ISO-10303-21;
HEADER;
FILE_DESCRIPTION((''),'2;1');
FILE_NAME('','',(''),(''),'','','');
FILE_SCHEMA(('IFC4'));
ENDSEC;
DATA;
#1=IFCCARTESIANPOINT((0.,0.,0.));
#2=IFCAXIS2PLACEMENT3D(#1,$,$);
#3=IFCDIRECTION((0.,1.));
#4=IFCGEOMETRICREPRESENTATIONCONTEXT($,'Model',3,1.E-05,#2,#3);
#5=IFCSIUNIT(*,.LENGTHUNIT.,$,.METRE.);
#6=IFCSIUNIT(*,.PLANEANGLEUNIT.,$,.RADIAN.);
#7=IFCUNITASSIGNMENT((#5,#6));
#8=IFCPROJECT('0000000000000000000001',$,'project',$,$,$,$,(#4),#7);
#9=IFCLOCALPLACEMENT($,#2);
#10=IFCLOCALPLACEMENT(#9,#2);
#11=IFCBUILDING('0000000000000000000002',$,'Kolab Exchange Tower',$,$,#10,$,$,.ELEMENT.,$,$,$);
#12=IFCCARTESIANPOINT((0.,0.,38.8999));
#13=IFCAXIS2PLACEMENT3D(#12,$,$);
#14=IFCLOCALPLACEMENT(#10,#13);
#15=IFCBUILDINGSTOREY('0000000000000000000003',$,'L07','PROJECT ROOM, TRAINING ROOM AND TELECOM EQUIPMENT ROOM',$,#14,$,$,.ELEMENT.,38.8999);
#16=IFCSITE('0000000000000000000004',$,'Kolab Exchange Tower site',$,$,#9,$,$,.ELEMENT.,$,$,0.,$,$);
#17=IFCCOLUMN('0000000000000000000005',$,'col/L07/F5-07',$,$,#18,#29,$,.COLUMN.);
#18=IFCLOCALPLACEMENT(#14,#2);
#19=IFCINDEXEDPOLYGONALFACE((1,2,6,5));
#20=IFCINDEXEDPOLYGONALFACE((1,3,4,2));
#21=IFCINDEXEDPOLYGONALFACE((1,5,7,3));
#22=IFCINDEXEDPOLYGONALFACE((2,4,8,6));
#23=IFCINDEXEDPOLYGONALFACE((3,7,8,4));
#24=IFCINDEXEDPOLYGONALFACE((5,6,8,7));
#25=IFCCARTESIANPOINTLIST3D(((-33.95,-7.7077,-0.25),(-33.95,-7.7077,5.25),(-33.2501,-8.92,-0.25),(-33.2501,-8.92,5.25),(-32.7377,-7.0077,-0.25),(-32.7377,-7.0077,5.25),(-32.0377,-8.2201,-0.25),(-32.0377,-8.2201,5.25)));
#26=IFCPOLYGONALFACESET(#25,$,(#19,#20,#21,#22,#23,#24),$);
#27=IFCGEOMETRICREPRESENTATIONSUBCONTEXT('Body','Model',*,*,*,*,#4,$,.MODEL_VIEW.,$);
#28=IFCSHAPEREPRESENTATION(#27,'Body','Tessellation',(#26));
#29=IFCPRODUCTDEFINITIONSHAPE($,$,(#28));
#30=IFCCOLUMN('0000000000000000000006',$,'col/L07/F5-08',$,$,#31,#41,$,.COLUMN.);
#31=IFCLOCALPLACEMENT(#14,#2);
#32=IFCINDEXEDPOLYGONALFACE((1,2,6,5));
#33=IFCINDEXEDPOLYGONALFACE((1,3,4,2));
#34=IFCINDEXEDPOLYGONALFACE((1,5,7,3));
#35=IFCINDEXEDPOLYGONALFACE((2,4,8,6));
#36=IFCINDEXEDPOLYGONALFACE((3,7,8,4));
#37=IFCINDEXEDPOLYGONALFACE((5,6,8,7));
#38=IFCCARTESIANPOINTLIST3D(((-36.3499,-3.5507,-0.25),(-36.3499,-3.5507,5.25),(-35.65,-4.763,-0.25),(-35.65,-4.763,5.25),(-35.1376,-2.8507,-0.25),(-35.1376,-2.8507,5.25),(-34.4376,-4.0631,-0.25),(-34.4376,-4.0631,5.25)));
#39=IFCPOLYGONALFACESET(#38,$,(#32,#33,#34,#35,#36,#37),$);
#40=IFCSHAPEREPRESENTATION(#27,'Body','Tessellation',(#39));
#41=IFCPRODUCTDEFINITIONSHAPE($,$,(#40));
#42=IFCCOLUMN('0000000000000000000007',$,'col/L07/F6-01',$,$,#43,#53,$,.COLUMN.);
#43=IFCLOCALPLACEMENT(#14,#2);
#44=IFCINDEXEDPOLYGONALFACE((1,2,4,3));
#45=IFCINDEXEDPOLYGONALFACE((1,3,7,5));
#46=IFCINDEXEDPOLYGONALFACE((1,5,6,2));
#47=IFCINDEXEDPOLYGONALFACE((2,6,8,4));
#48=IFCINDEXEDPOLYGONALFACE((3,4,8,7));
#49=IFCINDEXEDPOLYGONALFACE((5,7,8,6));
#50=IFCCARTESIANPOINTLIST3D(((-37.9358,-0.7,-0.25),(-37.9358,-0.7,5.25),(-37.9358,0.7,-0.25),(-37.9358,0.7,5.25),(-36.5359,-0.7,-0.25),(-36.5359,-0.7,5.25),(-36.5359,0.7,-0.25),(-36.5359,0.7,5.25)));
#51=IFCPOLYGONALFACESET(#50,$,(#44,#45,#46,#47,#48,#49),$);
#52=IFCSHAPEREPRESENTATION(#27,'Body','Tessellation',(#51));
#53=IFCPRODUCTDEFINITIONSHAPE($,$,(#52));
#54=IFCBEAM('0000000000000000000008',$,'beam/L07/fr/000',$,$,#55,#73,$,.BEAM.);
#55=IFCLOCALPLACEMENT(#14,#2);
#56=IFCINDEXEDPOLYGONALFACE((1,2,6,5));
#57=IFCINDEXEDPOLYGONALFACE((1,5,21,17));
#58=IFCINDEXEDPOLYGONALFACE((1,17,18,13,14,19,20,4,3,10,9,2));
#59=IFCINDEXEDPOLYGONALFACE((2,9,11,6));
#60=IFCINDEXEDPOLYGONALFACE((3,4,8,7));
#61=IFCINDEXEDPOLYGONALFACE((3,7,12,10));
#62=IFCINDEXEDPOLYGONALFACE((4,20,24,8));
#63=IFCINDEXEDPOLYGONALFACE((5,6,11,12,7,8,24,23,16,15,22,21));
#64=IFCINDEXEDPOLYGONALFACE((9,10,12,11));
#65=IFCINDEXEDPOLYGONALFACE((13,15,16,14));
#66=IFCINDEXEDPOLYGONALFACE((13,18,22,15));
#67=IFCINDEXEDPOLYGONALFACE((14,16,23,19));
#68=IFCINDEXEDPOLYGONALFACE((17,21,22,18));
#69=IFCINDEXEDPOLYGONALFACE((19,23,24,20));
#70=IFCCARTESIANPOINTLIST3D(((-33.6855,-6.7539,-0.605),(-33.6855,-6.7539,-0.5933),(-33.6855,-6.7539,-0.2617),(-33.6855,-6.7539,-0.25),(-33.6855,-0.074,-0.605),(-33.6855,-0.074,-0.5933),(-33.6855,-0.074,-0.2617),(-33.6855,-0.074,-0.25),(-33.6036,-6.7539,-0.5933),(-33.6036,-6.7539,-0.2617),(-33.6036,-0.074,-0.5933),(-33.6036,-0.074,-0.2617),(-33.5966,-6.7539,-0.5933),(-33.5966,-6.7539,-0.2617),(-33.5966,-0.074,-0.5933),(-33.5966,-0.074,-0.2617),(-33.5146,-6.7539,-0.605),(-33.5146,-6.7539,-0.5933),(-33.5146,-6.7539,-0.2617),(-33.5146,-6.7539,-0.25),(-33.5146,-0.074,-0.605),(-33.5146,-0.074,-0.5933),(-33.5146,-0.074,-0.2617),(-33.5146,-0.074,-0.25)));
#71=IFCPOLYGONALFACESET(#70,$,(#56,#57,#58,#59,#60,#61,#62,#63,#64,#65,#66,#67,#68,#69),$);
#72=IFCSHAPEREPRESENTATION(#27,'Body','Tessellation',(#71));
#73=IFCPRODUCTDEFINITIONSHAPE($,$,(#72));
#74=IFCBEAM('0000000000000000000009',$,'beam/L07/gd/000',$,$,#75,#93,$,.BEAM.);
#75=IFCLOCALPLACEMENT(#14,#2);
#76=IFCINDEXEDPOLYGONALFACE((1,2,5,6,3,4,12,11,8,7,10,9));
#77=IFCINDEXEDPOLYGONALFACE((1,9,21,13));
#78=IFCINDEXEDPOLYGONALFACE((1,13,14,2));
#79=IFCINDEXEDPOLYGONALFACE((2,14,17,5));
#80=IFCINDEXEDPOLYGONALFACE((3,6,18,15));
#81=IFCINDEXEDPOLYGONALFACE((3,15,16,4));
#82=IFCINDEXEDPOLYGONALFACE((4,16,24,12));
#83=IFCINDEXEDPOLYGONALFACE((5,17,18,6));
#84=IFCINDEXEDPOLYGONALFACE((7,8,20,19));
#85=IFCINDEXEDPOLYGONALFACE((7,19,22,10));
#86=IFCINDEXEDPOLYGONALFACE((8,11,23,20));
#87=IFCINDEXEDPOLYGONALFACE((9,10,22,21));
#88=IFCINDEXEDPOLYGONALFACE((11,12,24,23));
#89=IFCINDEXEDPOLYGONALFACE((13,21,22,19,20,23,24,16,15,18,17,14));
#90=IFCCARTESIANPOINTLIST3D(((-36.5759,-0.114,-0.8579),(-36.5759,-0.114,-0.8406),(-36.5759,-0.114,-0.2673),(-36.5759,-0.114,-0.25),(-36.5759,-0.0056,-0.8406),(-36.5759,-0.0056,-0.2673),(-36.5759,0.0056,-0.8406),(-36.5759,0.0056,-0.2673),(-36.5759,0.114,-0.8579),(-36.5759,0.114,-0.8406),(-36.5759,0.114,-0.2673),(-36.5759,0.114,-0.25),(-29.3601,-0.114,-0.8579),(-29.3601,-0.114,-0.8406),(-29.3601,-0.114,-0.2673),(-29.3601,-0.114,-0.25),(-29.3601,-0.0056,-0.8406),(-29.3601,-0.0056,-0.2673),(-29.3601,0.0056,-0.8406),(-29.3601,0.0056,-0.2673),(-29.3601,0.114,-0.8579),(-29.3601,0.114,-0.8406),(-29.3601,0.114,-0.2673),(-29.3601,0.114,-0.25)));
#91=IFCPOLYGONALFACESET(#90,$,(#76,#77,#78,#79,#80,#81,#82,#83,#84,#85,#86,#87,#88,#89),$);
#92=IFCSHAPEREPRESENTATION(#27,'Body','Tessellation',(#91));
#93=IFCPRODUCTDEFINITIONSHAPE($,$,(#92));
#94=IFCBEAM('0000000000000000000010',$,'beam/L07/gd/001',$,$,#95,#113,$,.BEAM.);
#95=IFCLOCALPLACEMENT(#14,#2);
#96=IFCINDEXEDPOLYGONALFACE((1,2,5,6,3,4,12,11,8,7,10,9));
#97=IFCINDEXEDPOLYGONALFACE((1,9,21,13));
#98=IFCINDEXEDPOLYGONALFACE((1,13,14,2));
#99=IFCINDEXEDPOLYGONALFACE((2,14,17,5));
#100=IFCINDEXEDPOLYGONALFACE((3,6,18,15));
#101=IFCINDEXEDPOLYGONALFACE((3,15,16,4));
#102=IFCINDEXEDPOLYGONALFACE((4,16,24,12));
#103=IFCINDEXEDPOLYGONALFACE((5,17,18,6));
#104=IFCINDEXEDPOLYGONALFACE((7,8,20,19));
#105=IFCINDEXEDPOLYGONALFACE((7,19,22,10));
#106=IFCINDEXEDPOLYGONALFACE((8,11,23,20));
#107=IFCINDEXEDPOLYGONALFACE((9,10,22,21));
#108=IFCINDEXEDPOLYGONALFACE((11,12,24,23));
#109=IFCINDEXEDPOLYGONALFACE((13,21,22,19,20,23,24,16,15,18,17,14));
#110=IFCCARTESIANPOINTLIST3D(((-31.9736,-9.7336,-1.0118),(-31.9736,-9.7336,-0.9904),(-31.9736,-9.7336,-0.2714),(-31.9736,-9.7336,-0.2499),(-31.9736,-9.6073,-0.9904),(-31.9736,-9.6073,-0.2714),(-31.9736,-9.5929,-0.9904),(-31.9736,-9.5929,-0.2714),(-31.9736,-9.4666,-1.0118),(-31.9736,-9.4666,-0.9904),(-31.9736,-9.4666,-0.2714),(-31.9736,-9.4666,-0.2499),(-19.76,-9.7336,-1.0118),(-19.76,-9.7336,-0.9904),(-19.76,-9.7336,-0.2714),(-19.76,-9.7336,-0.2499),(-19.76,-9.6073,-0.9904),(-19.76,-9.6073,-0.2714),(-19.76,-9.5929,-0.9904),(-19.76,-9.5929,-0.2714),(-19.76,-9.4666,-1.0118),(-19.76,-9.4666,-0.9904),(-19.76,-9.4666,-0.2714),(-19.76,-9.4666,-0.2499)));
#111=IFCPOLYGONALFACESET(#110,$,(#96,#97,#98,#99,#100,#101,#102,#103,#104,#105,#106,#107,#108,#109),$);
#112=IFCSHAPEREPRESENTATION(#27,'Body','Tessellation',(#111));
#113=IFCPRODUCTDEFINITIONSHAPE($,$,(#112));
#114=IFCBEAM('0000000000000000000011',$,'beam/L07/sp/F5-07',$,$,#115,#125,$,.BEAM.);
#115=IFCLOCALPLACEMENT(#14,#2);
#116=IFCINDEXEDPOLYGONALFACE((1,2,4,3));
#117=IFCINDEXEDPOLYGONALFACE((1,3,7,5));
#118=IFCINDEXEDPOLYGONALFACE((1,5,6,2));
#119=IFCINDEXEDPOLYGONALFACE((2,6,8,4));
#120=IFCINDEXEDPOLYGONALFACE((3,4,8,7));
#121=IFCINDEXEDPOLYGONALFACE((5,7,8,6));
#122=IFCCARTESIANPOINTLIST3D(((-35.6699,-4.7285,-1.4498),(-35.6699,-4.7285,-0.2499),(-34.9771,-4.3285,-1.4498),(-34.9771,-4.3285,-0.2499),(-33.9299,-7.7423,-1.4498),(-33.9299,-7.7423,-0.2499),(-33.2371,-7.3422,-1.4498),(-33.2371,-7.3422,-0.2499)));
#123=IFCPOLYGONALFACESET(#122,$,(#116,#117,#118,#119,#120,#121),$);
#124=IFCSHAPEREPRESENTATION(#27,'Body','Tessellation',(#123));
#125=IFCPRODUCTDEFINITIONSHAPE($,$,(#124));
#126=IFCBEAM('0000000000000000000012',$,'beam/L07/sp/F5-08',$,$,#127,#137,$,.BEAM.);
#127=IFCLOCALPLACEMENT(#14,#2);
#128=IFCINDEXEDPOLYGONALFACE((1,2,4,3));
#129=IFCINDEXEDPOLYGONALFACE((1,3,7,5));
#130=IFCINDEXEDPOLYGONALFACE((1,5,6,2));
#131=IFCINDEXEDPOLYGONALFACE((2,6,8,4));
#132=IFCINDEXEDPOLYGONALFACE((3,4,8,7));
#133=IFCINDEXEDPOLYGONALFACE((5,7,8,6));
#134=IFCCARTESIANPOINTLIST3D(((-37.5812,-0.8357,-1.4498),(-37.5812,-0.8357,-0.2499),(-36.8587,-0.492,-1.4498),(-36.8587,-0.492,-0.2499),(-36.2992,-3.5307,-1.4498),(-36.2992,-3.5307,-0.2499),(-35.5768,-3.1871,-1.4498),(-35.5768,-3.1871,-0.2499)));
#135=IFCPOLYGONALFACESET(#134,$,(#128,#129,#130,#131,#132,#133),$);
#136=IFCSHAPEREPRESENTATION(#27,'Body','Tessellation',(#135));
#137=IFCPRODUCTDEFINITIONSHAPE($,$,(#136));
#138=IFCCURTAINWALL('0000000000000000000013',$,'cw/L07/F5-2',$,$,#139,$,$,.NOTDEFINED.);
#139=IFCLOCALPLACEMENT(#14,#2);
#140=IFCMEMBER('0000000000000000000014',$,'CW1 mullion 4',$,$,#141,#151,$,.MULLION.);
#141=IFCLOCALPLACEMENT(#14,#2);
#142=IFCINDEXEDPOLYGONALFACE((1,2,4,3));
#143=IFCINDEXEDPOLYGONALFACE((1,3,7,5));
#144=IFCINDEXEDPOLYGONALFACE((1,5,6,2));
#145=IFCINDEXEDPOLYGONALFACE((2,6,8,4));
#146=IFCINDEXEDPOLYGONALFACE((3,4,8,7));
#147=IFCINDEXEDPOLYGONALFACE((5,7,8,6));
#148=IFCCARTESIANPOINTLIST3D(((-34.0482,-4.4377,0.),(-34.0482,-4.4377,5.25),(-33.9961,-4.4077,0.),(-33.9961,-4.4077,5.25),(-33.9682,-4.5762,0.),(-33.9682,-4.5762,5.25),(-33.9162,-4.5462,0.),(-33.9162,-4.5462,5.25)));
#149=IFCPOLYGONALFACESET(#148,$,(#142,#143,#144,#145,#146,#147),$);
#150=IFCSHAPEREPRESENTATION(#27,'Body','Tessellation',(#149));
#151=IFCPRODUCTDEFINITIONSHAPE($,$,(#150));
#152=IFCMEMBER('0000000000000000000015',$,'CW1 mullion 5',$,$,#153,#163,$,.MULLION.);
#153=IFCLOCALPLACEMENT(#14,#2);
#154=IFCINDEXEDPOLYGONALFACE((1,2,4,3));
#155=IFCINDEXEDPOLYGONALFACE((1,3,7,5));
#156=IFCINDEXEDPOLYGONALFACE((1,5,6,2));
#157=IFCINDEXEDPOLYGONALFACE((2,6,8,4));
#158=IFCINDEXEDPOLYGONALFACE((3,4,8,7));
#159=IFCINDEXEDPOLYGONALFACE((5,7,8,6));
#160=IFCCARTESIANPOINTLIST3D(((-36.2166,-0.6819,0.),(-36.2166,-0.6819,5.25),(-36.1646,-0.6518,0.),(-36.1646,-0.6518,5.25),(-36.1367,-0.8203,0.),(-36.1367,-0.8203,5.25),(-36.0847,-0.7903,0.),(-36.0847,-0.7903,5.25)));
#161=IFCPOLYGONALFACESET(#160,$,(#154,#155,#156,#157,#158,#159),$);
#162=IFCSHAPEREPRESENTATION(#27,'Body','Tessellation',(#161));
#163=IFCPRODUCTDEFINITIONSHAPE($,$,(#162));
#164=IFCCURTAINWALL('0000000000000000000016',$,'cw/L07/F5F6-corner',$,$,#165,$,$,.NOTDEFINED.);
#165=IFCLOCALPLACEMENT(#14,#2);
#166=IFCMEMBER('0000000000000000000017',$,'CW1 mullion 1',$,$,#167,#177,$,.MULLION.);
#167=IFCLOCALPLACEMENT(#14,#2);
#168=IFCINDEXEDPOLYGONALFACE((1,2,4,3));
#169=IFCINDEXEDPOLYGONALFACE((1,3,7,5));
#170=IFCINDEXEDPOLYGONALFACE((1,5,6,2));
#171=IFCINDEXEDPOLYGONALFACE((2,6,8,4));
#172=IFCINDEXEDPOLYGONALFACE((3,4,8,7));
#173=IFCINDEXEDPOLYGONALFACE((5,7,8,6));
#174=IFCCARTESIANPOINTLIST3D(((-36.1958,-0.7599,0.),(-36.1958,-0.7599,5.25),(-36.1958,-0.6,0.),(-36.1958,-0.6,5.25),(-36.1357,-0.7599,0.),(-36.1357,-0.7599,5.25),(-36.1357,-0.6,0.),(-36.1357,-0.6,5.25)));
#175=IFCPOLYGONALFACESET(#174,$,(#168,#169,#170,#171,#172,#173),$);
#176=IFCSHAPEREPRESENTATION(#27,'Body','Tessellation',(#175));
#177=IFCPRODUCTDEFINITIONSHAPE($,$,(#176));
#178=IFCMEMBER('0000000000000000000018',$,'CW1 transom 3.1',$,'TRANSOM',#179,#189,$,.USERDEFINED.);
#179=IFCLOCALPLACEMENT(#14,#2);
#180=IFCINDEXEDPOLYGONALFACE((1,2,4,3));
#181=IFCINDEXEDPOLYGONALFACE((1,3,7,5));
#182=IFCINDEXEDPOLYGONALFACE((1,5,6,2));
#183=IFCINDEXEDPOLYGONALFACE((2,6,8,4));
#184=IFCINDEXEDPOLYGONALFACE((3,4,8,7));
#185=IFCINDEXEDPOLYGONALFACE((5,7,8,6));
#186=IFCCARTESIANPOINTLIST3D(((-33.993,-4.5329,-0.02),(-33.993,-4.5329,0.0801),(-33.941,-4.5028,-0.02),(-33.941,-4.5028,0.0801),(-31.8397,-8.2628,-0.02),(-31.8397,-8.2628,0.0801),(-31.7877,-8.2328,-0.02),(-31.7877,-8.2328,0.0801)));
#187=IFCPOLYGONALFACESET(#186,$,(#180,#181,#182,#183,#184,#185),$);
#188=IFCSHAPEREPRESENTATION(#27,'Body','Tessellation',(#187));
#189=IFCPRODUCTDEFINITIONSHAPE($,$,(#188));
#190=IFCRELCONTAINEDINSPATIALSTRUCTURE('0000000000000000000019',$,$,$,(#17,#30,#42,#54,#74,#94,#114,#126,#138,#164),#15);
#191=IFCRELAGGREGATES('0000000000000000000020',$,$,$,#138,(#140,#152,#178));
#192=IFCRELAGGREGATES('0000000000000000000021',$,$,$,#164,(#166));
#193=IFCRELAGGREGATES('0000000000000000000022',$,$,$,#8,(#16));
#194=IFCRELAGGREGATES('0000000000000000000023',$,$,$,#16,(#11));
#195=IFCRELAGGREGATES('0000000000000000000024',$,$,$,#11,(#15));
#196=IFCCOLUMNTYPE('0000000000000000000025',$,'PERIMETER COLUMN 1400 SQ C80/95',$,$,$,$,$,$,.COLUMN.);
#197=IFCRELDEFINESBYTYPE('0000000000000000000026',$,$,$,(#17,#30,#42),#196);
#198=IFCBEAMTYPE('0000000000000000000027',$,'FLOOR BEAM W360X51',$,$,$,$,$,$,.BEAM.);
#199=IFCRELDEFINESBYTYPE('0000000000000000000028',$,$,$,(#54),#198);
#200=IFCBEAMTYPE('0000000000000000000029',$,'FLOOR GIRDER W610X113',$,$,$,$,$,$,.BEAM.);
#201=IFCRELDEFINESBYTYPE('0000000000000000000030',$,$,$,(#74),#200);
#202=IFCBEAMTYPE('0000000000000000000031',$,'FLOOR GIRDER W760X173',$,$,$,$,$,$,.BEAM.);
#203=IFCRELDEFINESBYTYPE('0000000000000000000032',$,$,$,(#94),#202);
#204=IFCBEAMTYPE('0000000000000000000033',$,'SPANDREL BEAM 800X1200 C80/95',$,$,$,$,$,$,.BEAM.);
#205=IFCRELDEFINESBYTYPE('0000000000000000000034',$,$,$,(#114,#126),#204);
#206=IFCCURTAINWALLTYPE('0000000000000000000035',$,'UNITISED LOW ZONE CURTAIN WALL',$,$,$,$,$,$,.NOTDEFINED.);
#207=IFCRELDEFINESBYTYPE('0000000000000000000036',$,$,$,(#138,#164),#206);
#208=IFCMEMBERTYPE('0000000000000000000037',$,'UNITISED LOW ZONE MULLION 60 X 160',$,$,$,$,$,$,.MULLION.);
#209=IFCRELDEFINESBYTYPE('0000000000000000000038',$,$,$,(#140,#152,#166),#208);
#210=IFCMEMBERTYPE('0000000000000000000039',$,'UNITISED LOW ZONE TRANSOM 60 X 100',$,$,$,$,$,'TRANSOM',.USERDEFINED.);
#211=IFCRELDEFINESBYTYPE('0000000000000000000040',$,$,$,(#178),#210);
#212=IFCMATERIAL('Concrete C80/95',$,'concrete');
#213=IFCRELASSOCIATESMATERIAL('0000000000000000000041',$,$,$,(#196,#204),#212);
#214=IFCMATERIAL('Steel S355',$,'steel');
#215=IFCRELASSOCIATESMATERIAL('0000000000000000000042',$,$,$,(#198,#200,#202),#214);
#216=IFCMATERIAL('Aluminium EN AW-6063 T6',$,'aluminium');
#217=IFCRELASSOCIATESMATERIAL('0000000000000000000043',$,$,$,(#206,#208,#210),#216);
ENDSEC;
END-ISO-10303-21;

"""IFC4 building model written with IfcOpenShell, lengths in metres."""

from ifc_helpers import new_model, si_unit, direction, frame, origin, origin_2d, place, context, subcontext, project, spatial, rectangle, i_section, extrude, material, material_profile, profile_set, type_object, element, aggregate, save


model = new_model("IFC4")

# Units and contexts
model_context = context("Model", 3, precision=1e-05, world=origin(), true_north=direction((0.0, 1.0)))
body_context = subcontext(model_context, "Body", "Model", "MODEL_VIEW")
ifc_project = project(units=[si_unit("LENGTHUNIT", "METRE"), si_unit("PLANEANGLEUNIT", "RADIAN")], contexts=[model_context])

# Site, building, storey
site_placement = place(None, origin())
site = spatial("IfcSite", under=ifc_project, at=site_placement, Name="Kolab Exchange Tower site", CompositionType="ELEMENT", RefElevation=0.0)
building_placement = place(site_placement, origin())
building = spatial("IfcBuilding", under=site, at=building_placement, Name="Kolab Exchange Tower", CompositionType="ELEMENT")
storey_placement = place(building_placement, frame((0.0, 0.0, 38.8999)))
storey = spatial("IfcBuildingStorey", under=building, at=storey_placement, Name="L07", Description="PROJECT ROOM, TRAINING ROOM AND TELECOM EQUIPMENT ROOM", CompositionType="ELEMENT", Elevation=38.8999)

# Columns
ifc_material_1 = material(Name="Concrete C80/95", Category="concrete")
ifc_material_profile_1 = material_profile(ifc_material_1, rectangle(XDim=1.3999, YDim=1.3999, at=origin_2d()), Name="RC1400")
ifc_profile_set_1 = profile_set([ifc_material_profile_1], Name="Concrete C80/95")
column_type = type_object("IfcColumnType", Name="PERIMETER COLUMN 1400 SQ C80/95", PredefinedType="COLUMN", material=ifc_profile_set_1)
for number, where, z_axis, x_axis, name in (
    (1, (-32.9939, -7.9639, -0.25), (0.0, 0.0, 1.0), (0.866025, 0.5, 0.0), "col/L07/F5-07"),
    (2, (-35.3938, -3.8069, -0.25), (0.0, 0.0, 1.0), (0.866025, 0.5, 0.0), "col/L07/F5-08"),
    (3, (-37.2358, 0.0, -0.25), (0.0, 0.0, 1.0), (1.0, 0.0, 0.0), "col/L07/F6-01"),
):
    element("IfcColumn", number, at=place(storey_placement, frame(where, z_axis=z_axis, x_axis=x_axis)), inside=storey, type_object=column_type, Name=name, PredefinedType="COLUMN", context=body_context, shape_type="SweptSolid", body=[
        extrude(rectangle(XDim=1.3999, YDim=1.3999, at=origin_2d()), origin(), (0.0, 0.0, 1.0), 5.5),
    ])

# Beams
ifc_material_2 = material(Name="Steel S355", Category="steel")
ifc_material_profile_2 = material_profile(ifc_material_2, i_section(OverallWidth=0.1709, OverallDepth=0.355, WebThickness=0.0071, FlangeThickness=0.0117, at=origin_2d()), Name="W360X51")
ifc_profile_set_2 = profile_set([ifc_material_profile_2], Name="Steel S355")
beam_type_1 = type_object("IfcBeamType", Name="FLOOR BEAM W360X51", PredefinedType="BEAM", material=ifc_profile_set_2)
beam_1_placement = place(storey_placement, frame((-33.6001, -6.7539, -0.4275), z_axis=(0.0, 1.0, 0.0), x_axis=(-1.0, 0.0, 0.0)))
element("IfcBeam", 4, at=beam_1_placement, inside=storey, type_object=beam_type_1, Name="beam/L07/fr/000", PredefinedType="BEAM", context=body_context, shape_type="SweptSolid", body=[
    extrude(i_section(OverallWidth=0.1709, OverallDepth=0.355, WebThickness=0.0071, FlangeThickness=0.0117, at=origin_2d()), origin(), (0.0, 0.0, 1.0), 6.6799),
])
ifc_material_profile_3 = material_profile(ifc_material_2, i_section(OverallWidth=0.228, OverallDepth=0.6079, WebThickness=0.0112, FlangeThickness=0.0173, at=origin_2d()), Name="W610X113")
ifc_profile_set_3 = profile_set([ifc_material_profile_3], Name="Steel S355")
beam_type_2 = type_object("IfcBeamType", Name="FLOOR GIRDER W610X113", PredefinedType="BEAM", material=ifc_profile_set_3)
beam_2_placement = place(storey_placement, frame((-36.5759, 0.0, -0.554), z_axis=(1.0, 0.0, 0.0), x_axis=(0.0, 1.0, 0.0)))
element("IfcBeam", 5, at=beam_2_placement, inside=storey, type_object=beam_type_2, Name="beam/L07/gd/000", PredefinedType="BEAM", context=body_context, shape_type="SweptSolid", body=[
    extrude(i_section(OverallWidth=0.228, OverallDepth=0.6079, WebThickness=0.0112, FlangeThickness=0.0173, at=origin_2d()), origin(), (0.0, 0.0, 1.0), 7.2158),
])
ifc_material_profile_4 = material_profile(ifc_material_2, i_section(OverallWidth=0.2671, OverallDepth=0.762, WebThickness=0.0144, FlangeThickness=0.0215, at=origin_2d()), Name="W760X173")
ifc_profile_set_4 = profile_set([ifc_material_profile_4], Name="Steel S355")
beam_type_3 = type_object("IfcBeamType", Name="FLOOR GIRDER W760X173", PredefinedType="BEAM", material=ifc_profile_set_4)
beam_3_placement = place(storey_placement, frame((-31.9736, -9.6001, -0.6309), z_axis=(1.0, 0.0, 0.0), x_axis=(0.0, 1.0, 0.0)))
element("IfcBeam", 6, at=beam_3_placement, inside=storey, type_object=beam_type_3, Name="beam/L07/gd/001", PredefinedType="BEAM", context=body_context, shape_type="SweptSolid", body=[
    extrude(i_section(OverallWidth=0.2671, OverallDepth=0.762, WebThickness=0.0144, FlangeThickness=0.0215, at=origin_2d()), origin(), (0.0, 0.0, 1.0), 12.2136),
])
ifc_material_profile_5 = material_profile(ifc_material_1, rectangle(XDim=0.8, YDim=1.2, at=origin_2d()), Name="RC800X1200")
ifc_profile_set_5 = profile_set([ifc_material_profile_5], Name="Concrete C80/95")
beam_type_4 = type_object("IfcBeamType", Name="SPANDREL BEAM 800X1200 C80/95", PredefinedType="BEAM", material=ifc_profile_set_5)
beam_4_placement = place(storey_placement, frame((-33.5835, -7.5422, -0.8499), z_axis=(-0.50001, 0.86602, 0.0), x_axis=(-0.86602, -0.50001, 0.0)))
element("IfcBeam", 7, at=beam_4_placement, inside=storey, type_object=beam_type_4, Name="beam/L07/sp/F5-07", PredefinedType="BEAM", context=body_context, shape_type="SweptSolid", body=[
    extrude(rectangle(XDim=0.8, YDim=1.2, at=origin_2d()), origin(), (0.0, 0.0, 1.0), 3.48),
])
beam_5_placement = place(storey_placement, frame((-35.938, -3.3589, -0.8499), z_axis=(-0.429556, 0.90304, 0.0), x_axis=(-0.90304, -0.429556, 0.0)))
element("IfcBeam", 8, at=beam_5_placement, inside=storey, type_object=beam_type_4, Name="beam/L07/sp/F5-08", PredefinedType="BEAM", context=body_context, shape_type="SweptSolid", body=[
    extrude(rectangle(XDim=0.8, YDim=1.2, at=origin_2d()), origin(), (0.0, 0.0, 1.0), 2.9844),
])

# Curtain wall, members
ifc_material_3 = material(Name="Aluminium EN AW-6063 T6", Category="aluminium")
curtain_wall_type = type_object("IfcCurtainWallType", Name="UNITISED LOW ZONE CURTAIN WALL", PredefinedType="NOTDEFINED", material=ifc_material_3)
curtain_wall_1_placement = place(storey_placement, origin())
curtain_wall_1 = element("IfcCurtainWall", 9, at=curtain_wall_1_placement, inside=storey, type_object=curtain_wall_type, Name="cw/L07/F5-2", PredefinedType="NOTDEFINED")
ifc_material_profile_6 = material_profile(ifc_material_3, rectangle(XDim=0.0601, YDim=0.1599, at=origin_2d()), Name="RECT 60X160")
ifc_profile_set_6 = profile_set([ifc_material_profile_6], Name="Aluminium EN AW-6063 T6")
member_type_1 = type_object("IfcMemberType", Name="UNITISED LOW ZONE MULLION 60 X 160", PredefinedType="MULLION", material=ifc_profile_set_6)
member_1_placement = place(storey_placement, frame((-33.9822, -4.4919, 0.0), z_axis=(0.0, 0.0, 1.0), x_axis=(-0.866025, -0.5, 0.0)))
member_1 = element("IfcMember", 10, at=member_1_placement, type_object=member_type_1, Name="CW1 mullion 4", PredefinedType="MULLION", context=body_context, shape_type="SweptSolid", body=[
    extrude(rectangle(XDim=0.0601, YDim=0.1599, at=origin_2d()), origin(), (0.0, 0.0, 1.0), 5.25),
])
member_2_placement = place(storey_placement, frame((-36.1506, -0.7361, 0.0), z_axis=(0.0, 0.0, 1.0), x_axis=(-0.866025, -0.5, 0.0)))
member_2 = element("IfcMember", 11, at=member_2_placement, type_object=member_type_1, Name="CW1 mullion 5", PredefinedType="MULLION", context=body_context, shape_type="SweptSolid", body=[
    extrude(rectangle(XDim=0.0601, YDim=0.1599, at=origin_2d()), origin(), (0.0, 0.0, 1.0), 5.25),
])

# Curtain wall, member
curtain_wall_2_placement = place(storey_placement, origin())
curtain_wall_2 = element("IfcCurtainWall", 12, at=curtain_wall_2_placement, inside=storey, type_object=curtain_wall_type, Name="cw/L07/F5F6-corner", PredefinedType="NOTDEFINED")
member_3_placement = place(storey_placement, frame((-36.1658, -0.6799, 0.0), z_axis=(0.0, 0.0, 1.0), x_axis=(-1.0, 0.0, 0.0)))
member_3 = element("IfcMember", 13, at=member_3_placement, type_object=member_type_1, Name="CW1 mullion 1", PredefinedType="MULLION", context=body_context, shape_type="SweptSolid", body=[
    extrude(rectangle(XDim=0.0601, YDim=0.1599, at=origin_2d()), origin(), (0.0, 0.0, 1.0), 5.25),
])

# Member
ifc_material_profile_7 = material_profile(ifc_material_3, rectangle(XDim=0.0601, YDim=0.1001, at=origin_2d()), Name="RECT 60X100")
ifc_profile_set_7 = profile_set([ifc_material_profile_7], Name="Aluminium EN AW-6063 T6")
member_type_2 = type_object("IfcMemberType", Name="UNITISED LOW ZONE TRANSOM 60 X 100", ElementType="TRANSOM", PredefinedType="USERDEFINED", material=ifc_profile_set_7)
member_4_placement = place(storey_placement, frame((-31.8137, -8.2478, 0.03), z_axis=(-0.499968, 0.866044, 0.0), x_axis=(-0.866044, -0.499968, 0.0)))
member_4 = element("IfcMember", 14, at=member_4_placement, type_object=member_type_2, Name="CW1 transom 3.1", ObjectType="TRANSOM", PredefinedType="USERDEFINED", context=body_context, shape_type="SweptSolid", body=[
    extrude(rectangle(XDim=0.0601, YDim=0.1001, at=origin_2d()), origin(), (0.0, 0.0, 1.0), 4.3069),
])

aggregate(curtain_wall_1, [member_1, member_2, member_4])
aggregate(curtain_wall_2, [member_3])

save(model, "model.ifc")
